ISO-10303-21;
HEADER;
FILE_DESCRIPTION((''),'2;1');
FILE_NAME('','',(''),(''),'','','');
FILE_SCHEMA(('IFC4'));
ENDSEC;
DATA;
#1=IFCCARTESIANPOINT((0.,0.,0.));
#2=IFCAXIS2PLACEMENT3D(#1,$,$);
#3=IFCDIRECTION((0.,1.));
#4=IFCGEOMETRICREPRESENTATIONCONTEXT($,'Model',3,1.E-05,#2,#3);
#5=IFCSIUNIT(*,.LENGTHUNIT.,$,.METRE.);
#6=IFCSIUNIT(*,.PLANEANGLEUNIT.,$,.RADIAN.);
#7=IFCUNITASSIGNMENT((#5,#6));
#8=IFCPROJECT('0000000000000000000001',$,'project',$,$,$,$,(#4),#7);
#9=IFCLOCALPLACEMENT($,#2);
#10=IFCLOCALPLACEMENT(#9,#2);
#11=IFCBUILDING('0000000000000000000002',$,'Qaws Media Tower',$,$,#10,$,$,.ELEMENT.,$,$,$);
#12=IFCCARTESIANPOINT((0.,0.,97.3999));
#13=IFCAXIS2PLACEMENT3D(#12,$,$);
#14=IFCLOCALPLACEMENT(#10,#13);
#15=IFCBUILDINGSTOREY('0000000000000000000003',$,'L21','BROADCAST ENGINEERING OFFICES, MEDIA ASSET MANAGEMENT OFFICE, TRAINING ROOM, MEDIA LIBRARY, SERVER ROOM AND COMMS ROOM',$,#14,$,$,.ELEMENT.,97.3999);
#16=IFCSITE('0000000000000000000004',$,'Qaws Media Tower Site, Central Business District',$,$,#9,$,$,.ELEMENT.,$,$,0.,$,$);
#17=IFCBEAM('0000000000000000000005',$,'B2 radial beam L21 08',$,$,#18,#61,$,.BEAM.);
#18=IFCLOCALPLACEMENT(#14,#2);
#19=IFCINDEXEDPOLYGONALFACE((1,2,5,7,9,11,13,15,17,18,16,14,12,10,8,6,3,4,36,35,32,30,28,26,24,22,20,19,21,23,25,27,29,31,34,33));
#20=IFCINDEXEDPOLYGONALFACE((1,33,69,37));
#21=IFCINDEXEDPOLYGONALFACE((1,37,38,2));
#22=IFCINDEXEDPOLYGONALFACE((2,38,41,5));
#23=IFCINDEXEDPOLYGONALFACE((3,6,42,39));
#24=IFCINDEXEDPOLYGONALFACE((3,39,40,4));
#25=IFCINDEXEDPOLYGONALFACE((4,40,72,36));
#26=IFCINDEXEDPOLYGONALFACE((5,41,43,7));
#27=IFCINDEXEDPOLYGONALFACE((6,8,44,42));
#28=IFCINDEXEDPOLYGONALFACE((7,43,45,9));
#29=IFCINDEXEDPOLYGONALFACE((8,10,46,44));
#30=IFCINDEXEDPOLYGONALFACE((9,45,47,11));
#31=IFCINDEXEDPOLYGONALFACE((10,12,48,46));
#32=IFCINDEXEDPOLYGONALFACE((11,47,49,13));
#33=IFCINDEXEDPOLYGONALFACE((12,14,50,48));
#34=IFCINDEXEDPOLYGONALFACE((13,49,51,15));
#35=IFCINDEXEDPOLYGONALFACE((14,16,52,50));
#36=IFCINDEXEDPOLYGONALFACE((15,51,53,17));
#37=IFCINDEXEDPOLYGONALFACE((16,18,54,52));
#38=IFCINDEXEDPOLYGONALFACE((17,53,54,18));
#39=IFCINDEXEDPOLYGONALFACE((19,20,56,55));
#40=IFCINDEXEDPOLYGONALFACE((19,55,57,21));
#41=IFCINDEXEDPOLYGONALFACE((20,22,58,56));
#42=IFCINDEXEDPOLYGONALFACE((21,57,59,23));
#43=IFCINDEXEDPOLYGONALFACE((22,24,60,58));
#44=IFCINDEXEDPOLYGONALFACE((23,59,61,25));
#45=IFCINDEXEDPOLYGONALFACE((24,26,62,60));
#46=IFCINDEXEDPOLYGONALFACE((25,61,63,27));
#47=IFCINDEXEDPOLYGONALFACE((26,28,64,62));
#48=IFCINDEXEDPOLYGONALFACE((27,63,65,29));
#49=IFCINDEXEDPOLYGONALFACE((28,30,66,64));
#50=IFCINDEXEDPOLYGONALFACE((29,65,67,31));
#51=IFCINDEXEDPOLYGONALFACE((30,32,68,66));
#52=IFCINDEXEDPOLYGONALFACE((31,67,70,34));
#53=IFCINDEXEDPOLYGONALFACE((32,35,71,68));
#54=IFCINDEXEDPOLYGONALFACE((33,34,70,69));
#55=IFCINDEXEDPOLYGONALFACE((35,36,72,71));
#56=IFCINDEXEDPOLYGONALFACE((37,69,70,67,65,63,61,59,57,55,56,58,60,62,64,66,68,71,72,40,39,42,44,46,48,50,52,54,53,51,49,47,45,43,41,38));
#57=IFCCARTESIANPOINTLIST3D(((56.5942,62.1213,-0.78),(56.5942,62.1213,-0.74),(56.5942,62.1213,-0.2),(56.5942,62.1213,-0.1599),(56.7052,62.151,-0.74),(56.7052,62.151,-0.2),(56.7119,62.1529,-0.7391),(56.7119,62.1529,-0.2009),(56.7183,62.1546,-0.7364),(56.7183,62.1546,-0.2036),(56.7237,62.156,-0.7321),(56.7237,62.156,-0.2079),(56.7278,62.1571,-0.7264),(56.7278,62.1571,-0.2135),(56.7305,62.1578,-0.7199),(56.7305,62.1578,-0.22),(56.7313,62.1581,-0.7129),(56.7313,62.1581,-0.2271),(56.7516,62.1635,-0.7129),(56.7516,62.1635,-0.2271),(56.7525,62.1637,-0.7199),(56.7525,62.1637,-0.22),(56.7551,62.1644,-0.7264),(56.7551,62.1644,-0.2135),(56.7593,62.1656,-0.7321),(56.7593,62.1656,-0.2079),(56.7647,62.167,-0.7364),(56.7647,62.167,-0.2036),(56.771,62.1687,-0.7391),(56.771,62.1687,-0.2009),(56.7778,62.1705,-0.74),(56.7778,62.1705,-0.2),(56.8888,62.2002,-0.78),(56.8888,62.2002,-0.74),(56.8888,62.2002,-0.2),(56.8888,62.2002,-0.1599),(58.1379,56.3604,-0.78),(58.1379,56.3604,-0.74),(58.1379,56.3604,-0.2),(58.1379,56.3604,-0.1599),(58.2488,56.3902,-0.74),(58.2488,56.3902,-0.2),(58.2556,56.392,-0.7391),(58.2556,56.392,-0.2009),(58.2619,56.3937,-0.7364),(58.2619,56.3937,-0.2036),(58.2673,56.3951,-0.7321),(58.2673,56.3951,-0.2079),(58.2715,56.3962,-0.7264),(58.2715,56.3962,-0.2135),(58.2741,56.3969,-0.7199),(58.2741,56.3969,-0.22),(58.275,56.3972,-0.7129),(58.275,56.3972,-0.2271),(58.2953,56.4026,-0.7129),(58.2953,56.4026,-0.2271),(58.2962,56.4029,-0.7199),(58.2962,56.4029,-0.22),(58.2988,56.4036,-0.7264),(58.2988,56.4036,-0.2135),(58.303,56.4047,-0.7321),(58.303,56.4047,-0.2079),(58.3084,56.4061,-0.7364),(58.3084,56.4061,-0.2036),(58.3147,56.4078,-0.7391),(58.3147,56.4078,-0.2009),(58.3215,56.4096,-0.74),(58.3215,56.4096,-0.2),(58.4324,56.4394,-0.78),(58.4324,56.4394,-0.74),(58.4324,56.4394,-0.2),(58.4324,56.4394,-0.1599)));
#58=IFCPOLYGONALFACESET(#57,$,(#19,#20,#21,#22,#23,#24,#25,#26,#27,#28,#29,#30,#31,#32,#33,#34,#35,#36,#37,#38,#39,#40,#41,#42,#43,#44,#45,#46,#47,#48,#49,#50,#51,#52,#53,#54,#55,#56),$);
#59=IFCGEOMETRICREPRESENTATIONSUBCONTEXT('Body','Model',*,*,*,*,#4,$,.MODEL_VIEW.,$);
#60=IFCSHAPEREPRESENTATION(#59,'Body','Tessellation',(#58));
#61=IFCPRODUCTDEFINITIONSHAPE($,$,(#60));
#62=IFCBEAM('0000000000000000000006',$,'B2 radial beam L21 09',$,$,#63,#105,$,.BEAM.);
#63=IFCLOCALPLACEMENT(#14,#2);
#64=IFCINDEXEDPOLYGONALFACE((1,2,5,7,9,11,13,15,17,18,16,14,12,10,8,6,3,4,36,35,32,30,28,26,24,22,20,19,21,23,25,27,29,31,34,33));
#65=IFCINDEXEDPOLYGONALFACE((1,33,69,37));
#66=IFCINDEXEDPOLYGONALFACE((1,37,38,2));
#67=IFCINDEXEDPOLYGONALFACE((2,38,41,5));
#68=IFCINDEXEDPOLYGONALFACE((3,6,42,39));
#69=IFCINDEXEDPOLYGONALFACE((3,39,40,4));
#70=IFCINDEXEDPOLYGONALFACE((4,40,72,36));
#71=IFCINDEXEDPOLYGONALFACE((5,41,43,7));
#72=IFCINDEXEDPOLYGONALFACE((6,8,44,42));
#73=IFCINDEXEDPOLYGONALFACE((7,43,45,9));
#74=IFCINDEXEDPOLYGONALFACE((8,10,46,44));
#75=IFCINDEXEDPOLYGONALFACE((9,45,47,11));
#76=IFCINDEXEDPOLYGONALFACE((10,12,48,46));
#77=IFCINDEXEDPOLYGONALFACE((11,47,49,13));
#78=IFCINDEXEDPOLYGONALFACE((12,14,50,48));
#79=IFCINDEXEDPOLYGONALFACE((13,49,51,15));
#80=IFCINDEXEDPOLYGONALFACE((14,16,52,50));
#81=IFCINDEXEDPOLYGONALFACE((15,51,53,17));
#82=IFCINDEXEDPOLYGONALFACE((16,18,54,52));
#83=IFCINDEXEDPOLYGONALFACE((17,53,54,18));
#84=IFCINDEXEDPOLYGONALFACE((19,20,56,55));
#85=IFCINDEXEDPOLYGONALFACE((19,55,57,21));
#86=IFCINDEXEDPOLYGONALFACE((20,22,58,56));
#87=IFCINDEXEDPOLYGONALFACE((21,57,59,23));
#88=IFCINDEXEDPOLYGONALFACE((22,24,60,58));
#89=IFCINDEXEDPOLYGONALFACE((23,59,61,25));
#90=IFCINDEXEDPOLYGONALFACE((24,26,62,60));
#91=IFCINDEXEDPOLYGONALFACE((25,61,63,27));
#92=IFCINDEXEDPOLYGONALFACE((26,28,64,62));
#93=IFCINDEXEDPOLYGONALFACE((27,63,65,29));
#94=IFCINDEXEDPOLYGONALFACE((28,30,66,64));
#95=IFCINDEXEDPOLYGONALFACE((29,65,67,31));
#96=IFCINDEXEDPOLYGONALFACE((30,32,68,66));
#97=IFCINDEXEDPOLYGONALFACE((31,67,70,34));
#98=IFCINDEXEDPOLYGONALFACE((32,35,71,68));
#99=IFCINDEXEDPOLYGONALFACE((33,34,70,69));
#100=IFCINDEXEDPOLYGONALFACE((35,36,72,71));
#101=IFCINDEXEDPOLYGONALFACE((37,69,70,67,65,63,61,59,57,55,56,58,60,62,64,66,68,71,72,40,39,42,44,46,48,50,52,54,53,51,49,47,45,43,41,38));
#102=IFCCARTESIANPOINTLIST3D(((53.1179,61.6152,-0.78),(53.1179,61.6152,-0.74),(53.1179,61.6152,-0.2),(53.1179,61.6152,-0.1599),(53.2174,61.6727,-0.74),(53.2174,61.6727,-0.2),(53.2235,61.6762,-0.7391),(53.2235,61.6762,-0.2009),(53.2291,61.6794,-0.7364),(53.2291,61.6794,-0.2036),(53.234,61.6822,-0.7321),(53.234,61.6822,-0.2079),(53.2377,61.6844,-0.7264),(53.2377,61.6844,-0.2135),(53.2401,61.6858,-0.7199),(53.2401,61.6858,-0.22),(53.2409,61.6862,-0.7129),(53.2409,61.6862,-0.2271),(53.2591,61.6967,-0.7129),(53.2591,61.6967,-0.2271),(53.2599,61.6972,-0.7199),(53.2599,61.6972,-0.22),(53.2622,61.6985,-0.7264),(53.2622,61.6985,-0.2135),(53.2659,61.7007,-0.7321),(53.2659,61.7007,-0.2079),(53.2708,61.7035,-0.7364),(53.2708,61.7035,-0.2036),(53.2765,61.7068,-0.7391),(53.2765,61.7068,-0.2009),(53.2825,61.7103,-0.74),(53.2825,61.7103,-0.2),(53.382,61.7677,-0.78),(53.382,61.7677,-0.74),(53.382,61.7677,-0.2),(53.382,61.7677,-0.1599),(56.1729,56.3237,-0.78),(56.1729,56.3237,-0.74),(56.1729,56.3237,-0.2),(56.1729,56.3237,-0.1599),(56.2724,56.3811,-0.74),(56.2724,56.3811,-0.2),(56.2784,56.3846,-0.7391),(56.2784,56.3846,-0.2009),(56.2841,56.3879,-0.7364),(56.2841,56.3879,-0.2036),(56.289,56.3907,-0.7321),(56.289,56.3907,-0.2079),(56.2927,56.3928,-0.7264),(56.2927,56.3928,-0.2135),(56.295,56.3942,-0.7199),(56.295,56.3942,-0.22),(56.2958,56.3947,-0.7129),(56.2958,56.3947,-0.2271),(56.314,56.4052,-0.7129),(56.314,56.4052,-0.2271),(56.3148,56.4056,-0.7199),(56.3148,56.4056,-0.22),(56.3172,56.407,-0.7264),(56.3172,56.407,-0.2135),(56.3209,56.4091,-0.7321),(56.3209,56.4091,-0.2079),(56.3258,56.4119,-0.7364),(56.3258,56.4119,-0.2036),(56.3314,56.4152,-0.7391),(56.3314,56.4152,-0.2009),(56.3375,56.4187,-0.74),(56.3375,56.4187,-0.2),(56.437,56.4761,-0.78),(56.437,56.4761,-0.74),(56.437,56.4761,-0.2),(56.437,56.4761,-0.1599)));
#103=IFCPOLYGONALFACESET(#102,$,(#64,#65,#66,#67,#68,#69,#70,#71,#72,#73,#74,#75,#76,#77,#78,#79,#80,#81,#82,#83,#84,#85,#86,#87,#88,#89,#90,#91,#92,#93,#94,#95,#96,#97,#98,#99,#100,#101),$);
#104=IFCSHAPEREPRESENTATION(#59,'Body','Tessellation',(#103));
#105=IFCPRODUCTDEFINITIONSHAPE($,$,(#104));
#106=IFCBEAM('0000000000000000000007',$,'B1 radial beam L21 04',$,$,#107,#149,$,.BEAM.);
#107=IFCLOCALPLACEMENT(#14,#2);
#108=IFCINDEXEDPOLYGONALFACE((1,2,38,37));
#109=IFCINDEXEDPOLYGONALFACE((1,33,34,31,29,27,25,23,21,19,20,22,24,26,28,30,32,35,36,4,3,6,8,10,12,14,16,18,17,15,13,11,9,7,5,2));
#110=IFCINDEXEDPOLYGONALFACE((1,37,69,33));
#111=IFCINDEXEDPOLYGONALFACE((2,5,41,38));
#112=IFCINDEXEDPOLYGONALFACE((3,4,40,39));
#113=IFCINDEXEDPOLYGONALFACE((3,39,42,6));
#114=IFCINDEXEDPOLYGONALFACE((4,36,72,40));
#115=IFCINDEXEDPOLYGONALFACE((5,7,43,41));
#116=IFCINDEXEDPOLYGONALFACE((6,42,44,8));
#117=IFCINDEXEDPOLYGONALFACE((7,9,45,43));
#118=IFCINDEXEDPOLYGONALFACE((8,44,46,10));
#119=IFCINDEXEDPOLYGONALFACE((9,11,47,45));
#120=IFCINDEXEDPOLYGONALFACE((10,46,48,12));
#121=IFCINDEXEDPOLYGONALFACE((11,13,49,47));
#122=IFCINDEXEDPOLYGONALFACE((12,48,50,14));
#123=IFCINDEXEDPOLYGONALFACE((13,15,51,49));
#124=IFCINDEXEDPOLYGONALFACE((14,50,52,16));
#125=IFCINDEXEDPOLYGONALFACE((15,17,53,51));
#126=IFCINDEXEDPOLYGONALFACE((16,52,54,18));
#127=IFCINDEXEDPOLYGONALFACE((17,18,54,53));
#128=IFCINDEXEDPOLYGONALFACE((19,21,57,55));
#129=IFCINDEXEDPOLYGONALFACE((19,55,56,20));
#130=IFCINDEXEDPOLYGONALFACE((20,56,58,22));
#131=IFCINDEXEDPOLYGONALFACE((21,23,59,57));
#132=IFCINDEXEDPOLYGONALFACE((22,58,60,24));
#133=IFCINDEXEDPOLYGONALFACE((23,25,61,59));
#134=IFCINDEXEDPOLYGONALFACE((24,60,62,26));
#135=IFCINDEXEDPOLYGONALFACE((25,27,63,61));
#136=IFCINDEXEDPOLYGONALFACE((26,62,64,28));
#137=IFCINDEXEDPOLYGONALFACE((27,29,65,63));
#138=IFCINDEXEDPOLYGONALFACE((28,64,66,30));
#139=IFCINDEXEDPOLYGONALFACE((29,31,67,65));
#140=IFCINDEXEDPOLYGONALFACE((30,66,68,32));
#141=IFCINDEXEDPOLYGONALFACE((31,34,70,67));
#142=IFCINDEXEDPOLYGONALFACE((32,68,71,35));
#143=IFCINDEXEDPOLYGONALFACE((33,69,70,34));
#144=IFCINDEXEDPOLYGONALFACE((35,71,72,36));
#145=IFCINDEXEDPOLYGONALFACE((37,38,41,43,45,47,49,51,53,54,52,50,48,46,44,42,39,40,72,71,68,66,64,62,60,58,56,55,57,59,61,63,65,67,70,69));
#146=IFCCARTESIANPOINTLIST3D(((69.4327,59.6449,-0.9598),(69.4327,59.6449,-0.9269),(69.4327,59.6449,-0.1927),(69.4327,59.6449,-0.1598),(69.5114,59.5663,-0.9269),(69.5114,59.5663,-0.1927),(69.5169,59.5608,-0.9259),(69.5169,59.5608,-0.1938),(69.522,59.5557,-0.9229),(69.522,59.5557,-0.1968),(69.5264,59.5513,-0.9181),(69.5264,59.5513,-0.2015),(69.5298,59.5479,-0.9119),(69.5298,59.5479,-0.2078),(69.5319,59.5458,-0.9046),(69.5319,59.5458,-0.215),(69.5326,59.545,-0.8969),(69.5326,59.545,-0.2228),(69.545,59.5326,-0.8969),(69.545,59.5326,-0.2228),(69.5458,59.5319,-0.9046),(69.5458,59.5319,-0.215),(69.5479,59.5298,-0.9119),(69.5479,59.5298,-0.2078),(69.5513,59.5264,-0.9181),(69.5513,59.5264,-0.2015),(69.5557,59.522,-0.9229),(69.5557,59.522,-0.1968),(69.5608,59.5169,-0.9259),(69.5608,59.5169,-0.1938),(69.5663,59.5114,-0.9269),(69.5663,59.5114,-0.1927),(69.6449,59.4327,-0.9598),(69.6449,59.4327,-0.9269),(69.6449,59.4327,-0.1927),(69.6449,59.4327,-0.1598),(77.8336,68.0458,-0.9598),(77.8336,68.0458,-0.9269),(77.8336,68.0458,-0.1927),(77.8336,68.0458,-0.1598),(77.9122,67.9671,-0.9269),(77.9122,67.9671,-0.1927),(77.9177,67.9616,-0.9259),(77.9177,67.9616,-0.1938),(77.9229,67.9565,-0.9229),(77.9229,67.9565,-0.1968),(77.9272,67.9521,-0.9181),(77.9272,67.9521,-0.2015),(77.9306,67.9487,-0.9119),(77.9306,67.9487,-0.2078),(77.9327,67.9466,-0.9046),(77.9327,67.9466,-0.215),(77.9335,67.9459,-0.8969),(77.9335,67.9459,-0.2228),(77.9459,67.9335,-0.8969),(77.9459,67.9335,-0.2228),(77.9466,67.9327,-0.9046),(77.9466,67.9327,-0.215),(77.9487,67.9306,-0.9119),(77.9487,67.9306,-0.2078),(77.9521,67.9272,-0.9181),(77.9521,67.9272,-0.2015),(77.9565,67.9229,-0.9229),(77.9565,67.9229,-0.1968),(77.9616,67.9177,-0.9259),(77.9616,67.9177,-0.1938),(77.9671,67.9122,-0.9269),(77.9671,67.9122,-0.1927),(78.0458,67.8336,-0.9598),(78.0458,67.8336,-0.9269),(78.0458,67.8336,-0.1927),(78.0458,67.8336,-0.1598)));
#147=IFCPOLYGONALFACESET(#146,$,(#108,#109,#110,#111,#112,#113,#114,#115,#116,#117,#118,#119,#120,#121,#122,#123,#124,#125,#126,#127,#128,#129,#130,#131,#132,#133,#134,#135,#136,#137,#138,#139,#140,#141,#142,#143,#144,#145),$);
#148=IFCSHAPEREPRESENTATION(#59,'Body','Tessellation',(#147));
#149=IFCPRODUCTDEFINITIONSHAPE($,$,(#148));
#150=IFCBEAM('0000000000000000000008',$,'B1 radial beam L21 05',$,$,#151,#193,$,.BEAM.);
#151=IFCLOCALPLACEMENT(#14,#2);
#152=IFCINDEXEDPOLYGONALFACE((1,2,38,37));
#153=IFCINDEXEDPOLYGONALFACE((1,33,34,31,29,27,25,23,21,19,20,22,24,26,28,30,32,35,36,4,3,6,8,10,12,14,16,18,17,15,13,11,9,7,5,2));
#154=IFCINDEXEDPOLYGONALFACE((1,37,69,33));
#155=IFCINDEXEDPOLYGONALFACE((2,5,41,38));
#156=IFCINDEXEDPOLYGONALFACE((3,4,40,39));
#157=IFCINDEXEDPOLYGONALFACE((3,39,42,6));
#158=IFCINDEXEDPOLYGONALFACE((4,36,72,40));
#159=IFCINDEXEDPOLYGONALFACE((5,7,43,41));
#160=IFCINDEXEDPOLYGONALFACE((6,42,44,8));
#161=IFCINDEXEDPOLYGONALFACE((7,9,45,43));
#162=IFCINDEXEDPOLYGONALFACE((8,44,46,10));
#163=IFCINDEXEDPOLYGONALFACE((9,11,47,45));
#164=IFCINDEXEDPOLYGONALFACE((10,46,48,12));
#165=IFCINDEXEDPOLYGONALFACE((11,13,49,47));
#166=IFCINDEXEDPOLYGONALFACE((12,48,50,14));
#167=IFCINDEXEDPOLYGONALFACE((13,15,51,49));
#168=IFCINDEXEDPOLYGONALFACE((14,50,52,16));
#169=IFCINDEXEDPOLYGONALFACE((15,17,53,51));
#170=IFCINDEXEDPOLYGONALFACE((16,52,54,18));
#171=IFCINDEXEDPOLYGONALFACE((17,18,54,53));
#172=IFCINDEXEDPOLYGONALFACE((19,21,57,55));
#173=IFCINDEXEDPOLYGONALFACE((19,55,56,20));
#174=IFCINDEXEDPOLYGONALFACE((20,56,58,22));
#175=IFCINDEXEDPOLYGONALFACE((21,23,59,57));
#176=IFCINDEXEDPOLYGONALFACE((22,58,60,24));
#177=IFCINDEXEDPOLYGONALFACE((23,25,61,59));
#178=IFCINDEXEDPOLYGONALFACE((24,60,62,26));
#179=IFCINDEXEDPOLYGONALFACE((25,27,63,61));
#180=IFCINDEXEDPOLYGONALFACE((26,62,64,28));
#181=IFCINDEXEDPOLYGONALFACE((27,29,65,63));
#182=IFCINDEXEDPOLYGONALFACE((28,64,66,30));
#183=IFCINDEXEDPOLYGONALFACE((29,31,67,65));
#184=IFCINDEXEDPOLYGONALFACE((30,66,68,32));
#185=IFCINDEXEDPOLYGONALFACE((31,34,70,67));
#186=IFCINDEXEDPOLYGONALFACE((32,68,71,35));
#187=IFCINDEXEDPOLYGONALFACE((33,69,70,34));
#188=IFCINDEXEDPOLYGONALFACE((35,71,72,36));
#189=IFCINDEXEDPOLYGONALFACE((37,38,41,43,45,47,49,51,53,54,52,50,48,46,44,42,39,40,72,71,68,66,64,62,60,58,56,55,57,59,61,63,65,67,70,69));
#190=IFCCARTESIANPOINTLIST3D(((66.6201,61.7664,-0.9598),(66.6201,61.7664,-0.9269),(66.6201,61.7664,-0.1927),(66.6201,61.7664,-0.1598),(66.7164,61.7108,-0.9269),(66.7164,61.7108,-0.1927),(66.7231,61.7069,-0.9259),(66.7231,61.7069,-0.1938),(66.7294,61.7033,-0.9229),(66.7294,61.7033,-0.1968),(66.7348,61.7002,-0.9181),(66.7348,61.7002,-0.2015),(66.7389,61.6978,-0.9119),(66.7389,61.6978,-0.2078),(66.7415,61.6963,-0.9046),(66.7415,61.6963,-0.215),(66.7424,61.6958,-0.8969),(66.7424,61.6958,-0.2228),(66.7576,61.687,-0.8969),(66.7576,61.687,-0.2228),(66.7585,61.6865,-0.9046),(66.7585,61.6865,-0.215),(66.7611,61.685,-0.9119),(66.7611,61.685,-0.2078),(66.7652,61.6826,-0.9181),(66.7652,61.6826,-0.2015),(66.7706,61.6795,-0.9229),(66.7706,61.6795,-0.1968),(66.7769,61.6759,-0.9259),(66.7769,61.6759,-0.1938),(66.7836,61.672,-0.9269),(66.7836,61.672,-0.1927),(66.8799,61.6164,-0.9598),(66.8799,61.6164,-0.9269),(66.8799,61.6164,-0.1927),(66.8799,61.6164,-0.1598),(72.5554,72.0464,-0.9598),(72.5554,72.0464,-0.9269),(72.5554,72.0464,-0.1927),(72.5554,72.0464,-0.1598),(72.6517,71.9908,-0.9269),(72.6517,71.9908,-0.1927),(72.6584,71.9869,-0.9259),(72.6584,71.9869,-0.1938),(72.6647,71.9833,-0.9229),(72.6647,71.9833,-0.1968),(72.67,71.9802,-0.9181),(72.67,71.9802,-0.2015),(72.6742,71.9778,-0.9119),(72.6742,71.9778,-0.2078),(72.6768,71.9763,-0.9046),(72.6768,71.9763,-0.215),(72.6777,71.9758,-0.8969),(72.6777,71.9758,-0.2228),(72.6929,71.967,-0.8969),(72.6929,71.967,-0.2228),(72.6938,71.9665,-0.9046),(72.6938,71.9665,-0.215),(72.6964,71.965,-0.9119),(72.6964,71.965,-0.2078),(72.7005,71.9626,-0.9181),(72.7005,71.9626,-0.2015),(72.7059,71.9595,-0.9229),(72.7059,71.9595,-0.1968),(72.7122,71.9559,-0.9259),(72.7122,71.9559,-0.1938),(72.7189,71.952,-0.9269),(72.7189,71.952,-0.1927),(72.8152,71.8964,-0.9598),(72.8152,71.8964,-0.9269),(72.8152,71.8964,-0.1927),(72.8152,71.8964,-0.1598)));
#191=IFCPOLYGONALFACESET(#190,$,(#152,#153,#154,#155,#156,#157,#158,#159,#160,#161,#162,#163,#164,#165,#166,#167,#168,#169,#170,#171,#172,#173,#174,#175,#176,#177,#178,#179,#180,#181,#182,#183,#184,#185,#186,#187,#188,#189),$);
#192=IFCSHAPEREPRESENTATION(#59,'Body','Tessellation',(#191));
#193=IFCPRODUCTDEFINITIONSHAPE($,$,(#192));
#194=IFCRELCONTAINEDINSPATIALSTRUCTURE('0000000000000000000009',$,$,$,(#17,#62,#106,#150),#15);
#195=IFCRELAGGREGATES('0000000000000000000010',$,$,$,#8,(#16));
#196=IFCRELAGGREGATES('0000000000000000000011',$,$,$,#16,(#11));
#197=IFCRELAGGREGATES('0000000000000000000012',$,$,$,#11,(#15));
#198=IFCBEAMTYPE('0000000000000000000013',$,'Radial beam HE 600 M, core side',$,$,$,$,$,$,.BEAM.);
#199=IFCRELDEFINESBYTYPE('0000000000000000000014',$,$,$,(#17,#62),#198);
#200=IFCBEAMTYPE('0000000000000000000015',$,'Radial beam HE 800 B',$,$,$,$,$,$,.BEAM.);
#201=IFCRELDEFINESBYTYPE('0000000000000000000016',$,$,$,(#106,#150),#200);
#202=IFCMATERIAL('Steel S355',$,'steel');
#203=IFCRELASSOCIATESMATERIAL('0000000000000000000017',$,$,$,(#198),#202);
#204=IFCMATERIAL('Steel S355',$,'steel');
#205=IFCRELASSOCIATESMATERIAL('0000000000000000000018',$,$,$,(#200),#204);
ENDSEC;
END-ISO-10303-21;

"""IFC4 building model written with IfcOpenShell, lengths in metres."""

from ifc_helpers import new_model, si_unit, direction, frame, origin, origin_2d, place, context, subcontext, project, spatial, i_section, extrude, material, material_profile, profile_set, type_object, element, save


model = new_model("IFC4")

# Units and contexts
model_context = context("Model", 3, precision=1e-05, world=origin(), true_north=direction((0.0, 1.0)))
body_context = subcontext(model_context, "Body", "Model", "MODEL_VIEW")
ifc_project = project(units=[si_unit("LENGTHUNIT", "METRE"), si_unit("PLANEANGLEUNIT", "RADIAN")], contexts=[model_context])

# Site, building, storey
site_placement = place(None, origin())
site = spatial("IfcSite", under=ifc_project, at=site_placement, Name="Qaws Media Tower Site, Central Business District", CompositionType="ELEMENT", RefElevation=0.0)
building_placement = place(site_placement, origin())
building = spatial("IfcBuilding", under=site, at=building_placement, Name="Qaws Media Tower", CompositionType="ELEMENT")
storey_placement = place(building_placement, frame((0.0, 0.0, 97.3999)))
storey = spatial("IfcBuildingStorey", under=building, at=storey_placement, Name="L21", Description="BROADCAST ENGINEERING OFFICES, MEDIA ASSET MANAGEMENT OFFICE, TRAINING ROOM, MEDIA LIBRARY, SERVER ROOM AND COMMS ROOM", CompositionType="ELEMENT", Elevation=97.3999)

# Beams
ifc_material_1 = material(Name="Steel S355", Category="steel")
ifc_material_profile_1 = material_profile(ifc_material_1, i_section(OverallWidth=0.3049, OverallDepth=0.6201, WebThickness=0.021, FlangeThickness=0.04, FilletRadius=0.0271, at=origin_2d()), Name="HE 600 M")
ifc_profile_set_1 = profile_set([ifc_material_profile_1], Name="Steel S355")
beam_type_1 = type_object("IfcBeamType", Name="Radial beam HE 600 M, core side", PredefinedType="BEAM", material=ifc_profile_set_1)
beam_1_placement = place(storey_placement, frame((58.2852, 56.3999, -0.47), z_axis=(-0.258827, 0.965924, 0.0), x_axis=(-0.965924, -0.258827, 0.0)))
element("IfcBeam", 1, at=beam_1_placement, inside=storey, type_object=beam_type_1, Name="B2 radial beam L21 08", PredefinedType="BEAM", context=body_context, shape_type="SweptSolid", body=[
    extrude(i_section(OverallWidth=0.3049, OverallDepth=0.6201, WebThickness=0.021, FlangeThickness=0.04, FilletRadius=0.0271, at=origin_2d()), origin(), (0.0, 0.0, 1.0), 5.9641),
])
beam_2_placement = place(storey_placement, frame((56.3049, 56.3999, -0.47), z_axis=(-0.499985, 0.866034, 0.0), x_axis=(-0.866034, -0.499985, 0.0)))
element("IfcBeam", 2, at=beam_2_placement, inside=storey, type_object=beam_type_1, Name="B2 radial beam L21 09", PredefinedType="BEAM", context=body_context, shape_type="SweptSolid", body=[
    extrude(i_section(OverallWidth=0.3049, OverallDepth=0.6201, WebThickness=0.021, FlangeThickness=0.04, FilletRadius=0.0271, at=origin_2d()), origin(), (0.0, 0.0, 1.0), 6.1101),
])
ifc_material_2 = material(Name="Steel S355", Category="steel")
ifc_material_profile_2 = material_profile(ifc_material_2, i_section(OverallWidth=0.3, OverallDepth=0.8, WebThickness=0.0176, FlangeThickness=0.033, FilletRadius=0.03, at=origin_2d()), Name="HE 800 B")
ifc_profile_set_2 = profile_set([ifc_material_profile_2], Name="Steel S355")
beam_type_2 = type_object("IfcBeamType", Name="Radial beam HE 800 B", PredefinedType="BEAM", material=ifc_profile_set_2)
beam_3_placement = place(storey_placement, frame((69.5388, 59.5388, -0.5598), z_axis=(0.707107, 0.707107, 0.0), x_axis=(-0.707107, 0.707107, 0.0)))
element("IfcBeam", 3, at=beam_3_placement, inside=storey, type_object=beam_type_2, Name="B1 radial beam L21 04", PredefinedType="BEAM", context=body_context, shape_type="SweptSolid", body=[
    extrude(i_section(OverallWidth=0.3, OverallDepth=0.8, WebThickness=0.0176, FlangeThickness=0.033, FilletRadius=0.03, at=origin_2d()), origin(), (0.0, 0.0, 1.0), 11.8806),
])
beam_4_placement = place(storey_placement, frame((66.75, 61.6914, -0.5598), z_axis=(0.500008, 0.866021, 0.0), x_axis=(-0.866021, 0.500008, 0.0)))
element("IfcBeam", 4, at=beam_4_placement, inside=storey, type_object=beam_type_2, Name="B1 radial beam L21 05", PredefinedType="BEAM", context=body_context, shape_type="SweptSolid", body=[
    extrude(i_section(OverallWidth=0.3, OverallDepth=0.8, WebThickness=0.0176, FlangeThickness=0.033, FilletRadius=0.03, at=origin_2d()), origin(), (0.0, 0.0, 1.0), 11.8704),
])

save(model, "model.ifc")
